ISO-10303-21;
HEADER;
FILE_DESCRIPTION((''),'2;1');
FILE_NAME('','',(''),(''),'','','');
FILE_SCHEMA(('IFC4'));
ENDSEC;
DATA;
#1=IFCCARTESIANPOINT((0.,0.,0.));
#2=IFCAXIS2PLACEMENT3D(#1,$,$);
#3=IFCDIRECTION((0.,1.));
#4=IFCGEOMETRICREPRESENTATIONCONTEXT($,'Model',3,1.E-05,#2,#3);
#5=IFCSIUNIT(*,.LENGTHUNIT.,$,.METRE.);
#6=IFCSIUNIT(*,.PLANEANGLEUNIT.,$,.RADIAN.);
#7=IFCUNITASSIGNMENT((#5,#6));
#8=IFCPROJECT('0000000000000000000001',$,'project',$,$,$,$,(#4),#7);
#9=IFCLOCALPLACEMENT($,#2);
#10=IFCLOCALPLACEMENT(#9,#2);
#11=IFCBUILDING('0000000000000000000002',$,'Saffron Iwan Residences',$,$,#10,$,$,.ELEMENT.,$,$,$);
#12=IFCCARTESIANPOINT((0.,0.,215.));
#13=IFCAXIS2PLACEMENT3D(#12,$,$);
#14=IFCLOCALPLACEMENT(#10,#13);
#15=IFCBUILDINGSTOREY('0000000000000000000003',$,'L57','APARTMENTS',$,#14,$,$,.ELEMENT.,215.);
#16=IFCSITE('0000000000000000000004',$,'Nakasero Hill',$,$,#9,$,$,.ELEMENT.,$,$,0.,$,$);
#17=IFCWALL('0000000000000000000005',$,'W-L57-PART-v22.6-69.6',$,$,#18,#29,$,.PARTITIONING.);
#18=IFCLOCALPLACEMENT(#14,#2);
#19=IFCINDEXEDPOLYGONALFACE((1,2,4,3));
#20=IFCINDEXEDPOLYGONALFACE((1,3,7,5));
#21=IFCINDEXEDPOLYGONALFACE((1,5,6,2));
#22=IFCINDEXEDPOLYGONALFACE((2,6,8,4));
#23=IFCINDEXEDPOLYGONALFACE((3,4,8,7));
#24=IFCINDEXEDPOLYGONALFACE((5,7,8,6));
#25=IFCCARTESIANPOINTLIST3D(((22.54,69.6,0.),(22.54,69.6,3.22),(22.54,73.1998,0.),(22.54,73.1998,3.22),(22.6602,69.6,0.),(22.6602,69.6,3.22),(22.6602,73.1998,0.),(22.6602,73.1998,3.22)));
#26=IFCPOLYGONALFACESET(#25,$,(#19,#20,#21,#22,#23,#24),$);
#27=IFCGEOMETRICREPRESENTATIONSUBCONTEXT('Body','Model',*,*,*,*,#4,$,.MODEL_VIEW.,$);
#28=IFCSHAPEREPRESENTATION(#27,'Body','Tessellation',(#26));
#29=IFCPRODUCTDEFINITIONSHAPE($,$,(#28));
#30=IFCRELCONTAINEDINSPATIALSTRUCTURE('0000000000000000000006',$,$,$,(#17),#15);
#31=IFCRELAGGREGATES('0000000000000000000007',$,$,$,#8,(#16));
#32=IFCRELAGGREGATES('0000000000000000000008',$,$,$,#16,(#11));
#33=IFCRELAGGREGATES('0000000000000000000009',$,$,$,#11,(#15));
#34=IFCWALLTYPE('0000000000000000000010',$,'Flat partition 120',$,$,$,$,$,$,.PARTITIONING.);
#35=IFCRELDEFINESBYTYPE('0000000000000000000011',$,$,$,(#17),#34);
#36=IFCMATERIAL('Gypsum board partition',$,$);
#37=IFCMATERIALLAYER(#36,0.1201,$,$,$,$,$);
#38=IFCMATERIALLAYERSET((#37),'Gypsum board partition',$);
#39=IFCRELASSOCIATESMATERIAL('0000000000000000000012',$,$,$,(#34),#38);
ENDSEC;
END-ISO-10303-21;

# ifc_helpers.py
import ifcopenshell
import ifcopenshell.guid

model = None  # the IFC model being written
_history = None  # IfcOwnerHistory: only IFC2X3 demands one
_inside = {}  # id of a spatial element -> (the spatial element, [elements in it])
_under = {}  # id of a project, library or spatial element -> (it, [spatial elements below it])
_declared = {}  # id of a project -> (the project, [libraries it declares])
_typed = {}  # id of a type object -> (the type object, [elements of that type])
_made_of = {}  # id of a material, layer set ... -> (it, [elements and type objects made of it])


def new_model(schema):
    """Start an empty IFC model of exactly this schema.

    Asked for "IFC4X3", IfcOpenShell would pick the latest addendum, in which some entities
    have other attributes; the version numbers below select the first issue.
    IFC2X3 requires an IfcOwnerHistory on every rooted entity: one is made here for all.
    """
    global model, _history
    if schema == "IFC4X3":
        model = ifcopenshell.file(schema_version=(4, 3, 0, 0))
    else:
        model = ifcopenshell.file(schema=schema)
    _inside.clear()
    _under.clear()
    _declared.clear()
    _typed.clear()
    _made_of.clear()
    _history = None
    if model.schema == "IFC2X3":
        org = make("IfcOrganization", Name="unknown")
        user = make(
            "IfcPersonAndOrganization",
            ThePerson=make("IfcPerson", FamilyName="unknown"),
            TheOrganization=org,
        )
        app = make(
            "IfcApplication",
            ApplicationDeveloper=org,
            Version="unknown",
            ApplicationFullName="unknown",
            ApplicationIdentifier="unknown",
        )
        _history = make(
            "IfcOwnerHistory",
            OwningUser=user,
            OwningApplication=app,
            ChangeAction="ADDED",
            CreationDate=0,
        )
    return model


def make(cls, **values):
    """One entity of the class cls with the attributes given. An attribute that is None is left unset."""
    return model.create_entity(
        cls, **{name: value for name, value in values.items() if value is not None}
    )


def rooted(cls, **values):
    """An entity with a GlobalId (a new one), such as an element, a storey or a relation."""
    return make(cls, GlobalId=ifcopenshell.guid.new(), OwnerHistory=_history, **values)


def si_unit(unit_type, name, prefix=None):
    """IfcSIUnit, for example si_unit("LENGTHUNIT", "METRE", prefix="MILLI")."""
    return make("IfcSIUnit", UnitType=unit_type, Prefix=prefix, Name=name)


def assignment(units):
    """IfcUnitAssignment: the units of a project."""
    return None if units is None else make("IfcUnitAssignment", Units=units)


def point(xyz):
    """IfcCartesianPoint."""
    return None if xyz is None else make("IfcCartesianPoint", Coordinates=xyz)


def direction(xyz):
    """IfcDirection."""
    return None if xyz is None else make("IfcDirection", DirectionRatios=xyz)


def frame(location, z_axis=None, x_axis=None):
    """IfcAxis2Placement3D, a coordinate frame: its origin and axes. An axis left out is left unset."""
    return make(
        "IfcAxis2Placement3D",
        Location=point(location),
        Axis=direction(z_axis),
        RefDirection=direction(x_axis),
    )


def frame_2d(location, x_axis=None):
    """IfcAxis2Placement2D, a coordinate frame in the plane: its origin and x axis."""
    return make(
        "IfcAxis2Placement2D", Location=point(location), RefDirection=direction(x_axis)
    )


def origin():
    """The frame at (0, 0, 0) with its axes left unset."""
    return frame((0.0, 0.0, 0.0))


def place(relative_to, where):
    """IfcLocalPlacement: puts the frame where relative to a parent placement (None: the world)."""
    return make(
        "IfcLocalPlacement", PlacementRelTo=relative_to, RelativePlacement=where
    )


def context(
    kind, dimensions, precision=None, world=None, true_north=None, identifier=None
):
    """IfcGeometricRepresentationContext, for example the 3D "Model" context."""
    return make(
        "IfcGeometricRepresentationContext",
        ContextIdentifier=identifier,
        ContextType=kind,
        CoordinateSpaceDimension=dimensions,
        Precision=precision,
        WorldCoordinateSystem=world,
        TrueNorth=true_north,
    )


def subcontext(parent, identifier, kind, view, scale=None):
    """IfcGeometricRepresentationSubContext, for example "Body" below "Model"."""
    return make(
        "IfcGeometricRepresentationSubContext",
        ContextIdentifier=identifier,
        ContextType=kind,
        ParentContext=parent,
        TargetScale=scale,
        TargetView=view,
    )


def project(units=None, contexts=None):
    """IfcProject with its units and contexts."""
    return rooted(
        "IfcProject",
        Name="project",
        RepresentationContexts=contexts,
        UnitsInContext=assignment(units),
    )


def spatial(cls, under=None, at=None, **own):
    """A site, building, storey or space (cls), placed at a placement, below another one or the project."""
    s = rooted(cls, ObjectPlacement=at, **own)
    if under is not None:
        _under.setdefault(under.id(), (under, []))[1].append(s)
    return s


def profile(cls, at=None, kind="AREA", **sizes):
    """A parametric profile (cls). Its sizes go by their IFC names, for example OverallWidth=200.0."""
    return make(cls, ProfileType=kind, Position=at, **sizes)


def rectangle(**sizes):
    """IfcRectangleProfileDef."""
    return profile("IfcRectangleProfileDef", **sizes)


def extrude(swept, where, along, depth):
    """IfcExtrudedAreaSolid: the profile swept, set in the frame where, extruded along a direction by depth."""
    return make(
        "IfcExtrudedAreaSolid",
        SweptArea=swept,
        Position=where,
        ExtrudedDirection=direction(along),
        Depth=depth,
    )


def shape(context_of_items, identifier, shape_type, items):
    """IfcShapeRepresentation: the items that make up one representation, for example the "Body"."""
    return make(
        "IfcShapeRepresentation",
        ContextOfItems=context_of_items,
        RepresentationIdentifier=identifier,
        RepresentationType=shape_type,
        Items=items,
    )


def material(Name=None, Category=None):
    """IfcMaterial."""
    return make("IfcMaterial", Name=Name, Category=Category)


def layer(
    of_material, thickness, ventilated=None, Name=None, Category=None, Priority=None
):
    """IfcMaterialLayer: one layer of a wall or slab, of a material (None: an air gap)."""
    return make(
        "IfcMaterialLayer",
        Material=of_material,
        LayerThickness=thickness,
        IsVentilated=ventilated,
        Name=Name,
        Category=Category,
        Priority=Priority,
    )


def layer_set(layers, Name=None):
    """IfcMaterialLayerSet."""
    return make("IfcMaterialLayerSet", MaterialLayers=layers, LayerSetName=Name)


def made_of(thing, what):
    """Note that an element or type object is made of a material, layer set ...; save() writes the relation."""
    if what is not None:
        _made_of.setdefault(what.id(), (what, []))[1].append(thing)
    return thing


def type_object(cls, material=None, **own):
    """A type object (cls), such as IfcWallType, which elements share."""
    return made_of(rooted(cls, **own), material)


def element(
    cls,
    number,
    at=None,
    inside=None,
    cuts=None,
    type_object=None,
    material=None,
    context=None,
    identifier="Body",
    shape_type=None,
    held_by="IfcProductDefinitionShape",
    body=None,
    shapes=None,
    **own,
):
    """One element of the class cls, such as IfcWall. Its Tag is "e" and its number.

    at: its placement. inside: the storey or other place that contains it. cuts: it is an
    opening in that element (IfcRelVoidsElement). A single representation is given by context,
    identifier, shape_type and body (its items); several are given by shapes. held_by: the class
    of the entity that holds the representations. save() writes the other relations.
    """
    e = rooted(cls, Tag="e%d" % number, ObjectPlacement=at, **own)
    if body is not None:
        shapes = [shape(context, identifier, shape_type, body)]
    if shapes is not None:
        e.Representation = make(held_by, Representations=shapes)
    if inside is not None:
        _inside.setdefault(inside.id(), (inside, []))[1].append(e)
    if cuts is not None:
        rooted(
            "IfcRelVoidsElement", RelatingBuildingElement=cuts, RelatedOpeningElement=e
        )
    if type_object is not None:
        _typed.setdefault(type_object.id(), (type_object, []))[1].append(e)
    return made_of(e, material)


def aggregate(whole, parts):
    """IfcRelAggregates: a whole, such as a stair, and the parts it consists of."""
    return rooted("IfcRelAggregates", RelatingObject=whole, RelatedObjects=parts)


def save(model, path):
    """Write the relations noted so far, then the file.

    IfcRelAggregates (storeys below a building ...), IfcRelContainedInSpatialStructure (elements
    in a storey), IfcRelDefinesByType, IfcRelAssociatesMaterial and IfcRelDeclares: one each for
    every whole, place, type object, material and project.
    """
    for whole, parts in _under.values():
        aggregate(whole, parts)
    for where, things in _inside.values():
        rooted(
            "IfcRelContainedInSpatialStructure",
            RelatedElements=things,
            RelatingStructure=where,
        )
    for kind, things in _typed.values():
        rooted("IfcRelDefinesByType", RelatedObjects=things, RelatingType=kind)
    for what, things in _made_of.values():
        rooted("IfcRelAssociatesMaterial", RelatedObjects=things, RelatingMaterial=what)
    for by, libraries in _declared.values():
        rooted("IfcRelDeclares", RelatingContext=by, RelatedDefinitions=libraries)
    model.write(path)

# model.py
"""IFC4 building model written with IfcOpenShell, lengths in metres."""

from ifc_helpers import new_model, si_unit, direction, frame, frame_2d, origin, place, context, subcontext, project, spatial, rectangle, extrude, material, layer, layer_set, type_object, element, save


model = new_model("IFC4")

# Units and contexts
model_context = context("Model", 3, precision=1e-05, world=origin(), true_north=direction((0.0, 1.0)))
body_context = subcontext(model_context, "Body", "Model", "MODEL_VIEW")
ifc_project = project(units=[si_unit("LENGTHUNIT", "METRE"), si_unit("PLANEANGLEUNIT", "RADIAN")], contexts=[model_context])

# Site, building, storey
site_placement = place(None, origin())
site = spatial("IfcSite", under=ifc_project, at=site_placement, Name="Nakasero Hill", CompositionType="ELEMENT", RefElevation=0.0)
building_placement = place(site_placement, origin())
building = spatial("IfcBuilding", under=site, at=building_placement, Name="Saffron Iwan Residences", CompositionType="ELEMENT")
storey_placement = place(building_placement, frame((0.0, 0.0, 215.0)))
storey = spatial("IfcBuildingStorey", under=building, at=storey_placement, Name="L57", Description="APARTMENTS", CompositionType="ELEMENT", Elevation=215.0)

# Shared definitions
ifc_material_1 = material(Name="Gypsum board partition")
ifc_layer_1 = layer(ifc_material_1, 0.1201)
ifc_layer_set_1 = layer_set([ifc_layer_1], Name="Gypsum board partition")
wall_type_1 = type_object("IfcWallType", Name="Flat partition 120", PredefinedType="PARTITIONING", material=ifc_layer_set_1)

# Wall
wall_1_placement = place(storey_placement, frame((22.6001, 69.6001, 0.0), z_axis=(0.0, 0.0, 1.0), x_axis=(0.0, 1.0, 0.0)))
element("IfcWall", 1, at=wall_1_placement, inside=storey, type_object=wall_type_1, Name="W-L57-PART-v22.6-69.6", PredefinedType="PARTITIONING", context=body_context, shape_type="SweptSolid", body=[
    extrude(rectangle(XDim=3.5999, YDim=0.1201, at=frame_2d((1.7998, 0.0))), origin(), (0.0, 0.0, 1.0), 3.22),
])

save(model, "model.ifc")
